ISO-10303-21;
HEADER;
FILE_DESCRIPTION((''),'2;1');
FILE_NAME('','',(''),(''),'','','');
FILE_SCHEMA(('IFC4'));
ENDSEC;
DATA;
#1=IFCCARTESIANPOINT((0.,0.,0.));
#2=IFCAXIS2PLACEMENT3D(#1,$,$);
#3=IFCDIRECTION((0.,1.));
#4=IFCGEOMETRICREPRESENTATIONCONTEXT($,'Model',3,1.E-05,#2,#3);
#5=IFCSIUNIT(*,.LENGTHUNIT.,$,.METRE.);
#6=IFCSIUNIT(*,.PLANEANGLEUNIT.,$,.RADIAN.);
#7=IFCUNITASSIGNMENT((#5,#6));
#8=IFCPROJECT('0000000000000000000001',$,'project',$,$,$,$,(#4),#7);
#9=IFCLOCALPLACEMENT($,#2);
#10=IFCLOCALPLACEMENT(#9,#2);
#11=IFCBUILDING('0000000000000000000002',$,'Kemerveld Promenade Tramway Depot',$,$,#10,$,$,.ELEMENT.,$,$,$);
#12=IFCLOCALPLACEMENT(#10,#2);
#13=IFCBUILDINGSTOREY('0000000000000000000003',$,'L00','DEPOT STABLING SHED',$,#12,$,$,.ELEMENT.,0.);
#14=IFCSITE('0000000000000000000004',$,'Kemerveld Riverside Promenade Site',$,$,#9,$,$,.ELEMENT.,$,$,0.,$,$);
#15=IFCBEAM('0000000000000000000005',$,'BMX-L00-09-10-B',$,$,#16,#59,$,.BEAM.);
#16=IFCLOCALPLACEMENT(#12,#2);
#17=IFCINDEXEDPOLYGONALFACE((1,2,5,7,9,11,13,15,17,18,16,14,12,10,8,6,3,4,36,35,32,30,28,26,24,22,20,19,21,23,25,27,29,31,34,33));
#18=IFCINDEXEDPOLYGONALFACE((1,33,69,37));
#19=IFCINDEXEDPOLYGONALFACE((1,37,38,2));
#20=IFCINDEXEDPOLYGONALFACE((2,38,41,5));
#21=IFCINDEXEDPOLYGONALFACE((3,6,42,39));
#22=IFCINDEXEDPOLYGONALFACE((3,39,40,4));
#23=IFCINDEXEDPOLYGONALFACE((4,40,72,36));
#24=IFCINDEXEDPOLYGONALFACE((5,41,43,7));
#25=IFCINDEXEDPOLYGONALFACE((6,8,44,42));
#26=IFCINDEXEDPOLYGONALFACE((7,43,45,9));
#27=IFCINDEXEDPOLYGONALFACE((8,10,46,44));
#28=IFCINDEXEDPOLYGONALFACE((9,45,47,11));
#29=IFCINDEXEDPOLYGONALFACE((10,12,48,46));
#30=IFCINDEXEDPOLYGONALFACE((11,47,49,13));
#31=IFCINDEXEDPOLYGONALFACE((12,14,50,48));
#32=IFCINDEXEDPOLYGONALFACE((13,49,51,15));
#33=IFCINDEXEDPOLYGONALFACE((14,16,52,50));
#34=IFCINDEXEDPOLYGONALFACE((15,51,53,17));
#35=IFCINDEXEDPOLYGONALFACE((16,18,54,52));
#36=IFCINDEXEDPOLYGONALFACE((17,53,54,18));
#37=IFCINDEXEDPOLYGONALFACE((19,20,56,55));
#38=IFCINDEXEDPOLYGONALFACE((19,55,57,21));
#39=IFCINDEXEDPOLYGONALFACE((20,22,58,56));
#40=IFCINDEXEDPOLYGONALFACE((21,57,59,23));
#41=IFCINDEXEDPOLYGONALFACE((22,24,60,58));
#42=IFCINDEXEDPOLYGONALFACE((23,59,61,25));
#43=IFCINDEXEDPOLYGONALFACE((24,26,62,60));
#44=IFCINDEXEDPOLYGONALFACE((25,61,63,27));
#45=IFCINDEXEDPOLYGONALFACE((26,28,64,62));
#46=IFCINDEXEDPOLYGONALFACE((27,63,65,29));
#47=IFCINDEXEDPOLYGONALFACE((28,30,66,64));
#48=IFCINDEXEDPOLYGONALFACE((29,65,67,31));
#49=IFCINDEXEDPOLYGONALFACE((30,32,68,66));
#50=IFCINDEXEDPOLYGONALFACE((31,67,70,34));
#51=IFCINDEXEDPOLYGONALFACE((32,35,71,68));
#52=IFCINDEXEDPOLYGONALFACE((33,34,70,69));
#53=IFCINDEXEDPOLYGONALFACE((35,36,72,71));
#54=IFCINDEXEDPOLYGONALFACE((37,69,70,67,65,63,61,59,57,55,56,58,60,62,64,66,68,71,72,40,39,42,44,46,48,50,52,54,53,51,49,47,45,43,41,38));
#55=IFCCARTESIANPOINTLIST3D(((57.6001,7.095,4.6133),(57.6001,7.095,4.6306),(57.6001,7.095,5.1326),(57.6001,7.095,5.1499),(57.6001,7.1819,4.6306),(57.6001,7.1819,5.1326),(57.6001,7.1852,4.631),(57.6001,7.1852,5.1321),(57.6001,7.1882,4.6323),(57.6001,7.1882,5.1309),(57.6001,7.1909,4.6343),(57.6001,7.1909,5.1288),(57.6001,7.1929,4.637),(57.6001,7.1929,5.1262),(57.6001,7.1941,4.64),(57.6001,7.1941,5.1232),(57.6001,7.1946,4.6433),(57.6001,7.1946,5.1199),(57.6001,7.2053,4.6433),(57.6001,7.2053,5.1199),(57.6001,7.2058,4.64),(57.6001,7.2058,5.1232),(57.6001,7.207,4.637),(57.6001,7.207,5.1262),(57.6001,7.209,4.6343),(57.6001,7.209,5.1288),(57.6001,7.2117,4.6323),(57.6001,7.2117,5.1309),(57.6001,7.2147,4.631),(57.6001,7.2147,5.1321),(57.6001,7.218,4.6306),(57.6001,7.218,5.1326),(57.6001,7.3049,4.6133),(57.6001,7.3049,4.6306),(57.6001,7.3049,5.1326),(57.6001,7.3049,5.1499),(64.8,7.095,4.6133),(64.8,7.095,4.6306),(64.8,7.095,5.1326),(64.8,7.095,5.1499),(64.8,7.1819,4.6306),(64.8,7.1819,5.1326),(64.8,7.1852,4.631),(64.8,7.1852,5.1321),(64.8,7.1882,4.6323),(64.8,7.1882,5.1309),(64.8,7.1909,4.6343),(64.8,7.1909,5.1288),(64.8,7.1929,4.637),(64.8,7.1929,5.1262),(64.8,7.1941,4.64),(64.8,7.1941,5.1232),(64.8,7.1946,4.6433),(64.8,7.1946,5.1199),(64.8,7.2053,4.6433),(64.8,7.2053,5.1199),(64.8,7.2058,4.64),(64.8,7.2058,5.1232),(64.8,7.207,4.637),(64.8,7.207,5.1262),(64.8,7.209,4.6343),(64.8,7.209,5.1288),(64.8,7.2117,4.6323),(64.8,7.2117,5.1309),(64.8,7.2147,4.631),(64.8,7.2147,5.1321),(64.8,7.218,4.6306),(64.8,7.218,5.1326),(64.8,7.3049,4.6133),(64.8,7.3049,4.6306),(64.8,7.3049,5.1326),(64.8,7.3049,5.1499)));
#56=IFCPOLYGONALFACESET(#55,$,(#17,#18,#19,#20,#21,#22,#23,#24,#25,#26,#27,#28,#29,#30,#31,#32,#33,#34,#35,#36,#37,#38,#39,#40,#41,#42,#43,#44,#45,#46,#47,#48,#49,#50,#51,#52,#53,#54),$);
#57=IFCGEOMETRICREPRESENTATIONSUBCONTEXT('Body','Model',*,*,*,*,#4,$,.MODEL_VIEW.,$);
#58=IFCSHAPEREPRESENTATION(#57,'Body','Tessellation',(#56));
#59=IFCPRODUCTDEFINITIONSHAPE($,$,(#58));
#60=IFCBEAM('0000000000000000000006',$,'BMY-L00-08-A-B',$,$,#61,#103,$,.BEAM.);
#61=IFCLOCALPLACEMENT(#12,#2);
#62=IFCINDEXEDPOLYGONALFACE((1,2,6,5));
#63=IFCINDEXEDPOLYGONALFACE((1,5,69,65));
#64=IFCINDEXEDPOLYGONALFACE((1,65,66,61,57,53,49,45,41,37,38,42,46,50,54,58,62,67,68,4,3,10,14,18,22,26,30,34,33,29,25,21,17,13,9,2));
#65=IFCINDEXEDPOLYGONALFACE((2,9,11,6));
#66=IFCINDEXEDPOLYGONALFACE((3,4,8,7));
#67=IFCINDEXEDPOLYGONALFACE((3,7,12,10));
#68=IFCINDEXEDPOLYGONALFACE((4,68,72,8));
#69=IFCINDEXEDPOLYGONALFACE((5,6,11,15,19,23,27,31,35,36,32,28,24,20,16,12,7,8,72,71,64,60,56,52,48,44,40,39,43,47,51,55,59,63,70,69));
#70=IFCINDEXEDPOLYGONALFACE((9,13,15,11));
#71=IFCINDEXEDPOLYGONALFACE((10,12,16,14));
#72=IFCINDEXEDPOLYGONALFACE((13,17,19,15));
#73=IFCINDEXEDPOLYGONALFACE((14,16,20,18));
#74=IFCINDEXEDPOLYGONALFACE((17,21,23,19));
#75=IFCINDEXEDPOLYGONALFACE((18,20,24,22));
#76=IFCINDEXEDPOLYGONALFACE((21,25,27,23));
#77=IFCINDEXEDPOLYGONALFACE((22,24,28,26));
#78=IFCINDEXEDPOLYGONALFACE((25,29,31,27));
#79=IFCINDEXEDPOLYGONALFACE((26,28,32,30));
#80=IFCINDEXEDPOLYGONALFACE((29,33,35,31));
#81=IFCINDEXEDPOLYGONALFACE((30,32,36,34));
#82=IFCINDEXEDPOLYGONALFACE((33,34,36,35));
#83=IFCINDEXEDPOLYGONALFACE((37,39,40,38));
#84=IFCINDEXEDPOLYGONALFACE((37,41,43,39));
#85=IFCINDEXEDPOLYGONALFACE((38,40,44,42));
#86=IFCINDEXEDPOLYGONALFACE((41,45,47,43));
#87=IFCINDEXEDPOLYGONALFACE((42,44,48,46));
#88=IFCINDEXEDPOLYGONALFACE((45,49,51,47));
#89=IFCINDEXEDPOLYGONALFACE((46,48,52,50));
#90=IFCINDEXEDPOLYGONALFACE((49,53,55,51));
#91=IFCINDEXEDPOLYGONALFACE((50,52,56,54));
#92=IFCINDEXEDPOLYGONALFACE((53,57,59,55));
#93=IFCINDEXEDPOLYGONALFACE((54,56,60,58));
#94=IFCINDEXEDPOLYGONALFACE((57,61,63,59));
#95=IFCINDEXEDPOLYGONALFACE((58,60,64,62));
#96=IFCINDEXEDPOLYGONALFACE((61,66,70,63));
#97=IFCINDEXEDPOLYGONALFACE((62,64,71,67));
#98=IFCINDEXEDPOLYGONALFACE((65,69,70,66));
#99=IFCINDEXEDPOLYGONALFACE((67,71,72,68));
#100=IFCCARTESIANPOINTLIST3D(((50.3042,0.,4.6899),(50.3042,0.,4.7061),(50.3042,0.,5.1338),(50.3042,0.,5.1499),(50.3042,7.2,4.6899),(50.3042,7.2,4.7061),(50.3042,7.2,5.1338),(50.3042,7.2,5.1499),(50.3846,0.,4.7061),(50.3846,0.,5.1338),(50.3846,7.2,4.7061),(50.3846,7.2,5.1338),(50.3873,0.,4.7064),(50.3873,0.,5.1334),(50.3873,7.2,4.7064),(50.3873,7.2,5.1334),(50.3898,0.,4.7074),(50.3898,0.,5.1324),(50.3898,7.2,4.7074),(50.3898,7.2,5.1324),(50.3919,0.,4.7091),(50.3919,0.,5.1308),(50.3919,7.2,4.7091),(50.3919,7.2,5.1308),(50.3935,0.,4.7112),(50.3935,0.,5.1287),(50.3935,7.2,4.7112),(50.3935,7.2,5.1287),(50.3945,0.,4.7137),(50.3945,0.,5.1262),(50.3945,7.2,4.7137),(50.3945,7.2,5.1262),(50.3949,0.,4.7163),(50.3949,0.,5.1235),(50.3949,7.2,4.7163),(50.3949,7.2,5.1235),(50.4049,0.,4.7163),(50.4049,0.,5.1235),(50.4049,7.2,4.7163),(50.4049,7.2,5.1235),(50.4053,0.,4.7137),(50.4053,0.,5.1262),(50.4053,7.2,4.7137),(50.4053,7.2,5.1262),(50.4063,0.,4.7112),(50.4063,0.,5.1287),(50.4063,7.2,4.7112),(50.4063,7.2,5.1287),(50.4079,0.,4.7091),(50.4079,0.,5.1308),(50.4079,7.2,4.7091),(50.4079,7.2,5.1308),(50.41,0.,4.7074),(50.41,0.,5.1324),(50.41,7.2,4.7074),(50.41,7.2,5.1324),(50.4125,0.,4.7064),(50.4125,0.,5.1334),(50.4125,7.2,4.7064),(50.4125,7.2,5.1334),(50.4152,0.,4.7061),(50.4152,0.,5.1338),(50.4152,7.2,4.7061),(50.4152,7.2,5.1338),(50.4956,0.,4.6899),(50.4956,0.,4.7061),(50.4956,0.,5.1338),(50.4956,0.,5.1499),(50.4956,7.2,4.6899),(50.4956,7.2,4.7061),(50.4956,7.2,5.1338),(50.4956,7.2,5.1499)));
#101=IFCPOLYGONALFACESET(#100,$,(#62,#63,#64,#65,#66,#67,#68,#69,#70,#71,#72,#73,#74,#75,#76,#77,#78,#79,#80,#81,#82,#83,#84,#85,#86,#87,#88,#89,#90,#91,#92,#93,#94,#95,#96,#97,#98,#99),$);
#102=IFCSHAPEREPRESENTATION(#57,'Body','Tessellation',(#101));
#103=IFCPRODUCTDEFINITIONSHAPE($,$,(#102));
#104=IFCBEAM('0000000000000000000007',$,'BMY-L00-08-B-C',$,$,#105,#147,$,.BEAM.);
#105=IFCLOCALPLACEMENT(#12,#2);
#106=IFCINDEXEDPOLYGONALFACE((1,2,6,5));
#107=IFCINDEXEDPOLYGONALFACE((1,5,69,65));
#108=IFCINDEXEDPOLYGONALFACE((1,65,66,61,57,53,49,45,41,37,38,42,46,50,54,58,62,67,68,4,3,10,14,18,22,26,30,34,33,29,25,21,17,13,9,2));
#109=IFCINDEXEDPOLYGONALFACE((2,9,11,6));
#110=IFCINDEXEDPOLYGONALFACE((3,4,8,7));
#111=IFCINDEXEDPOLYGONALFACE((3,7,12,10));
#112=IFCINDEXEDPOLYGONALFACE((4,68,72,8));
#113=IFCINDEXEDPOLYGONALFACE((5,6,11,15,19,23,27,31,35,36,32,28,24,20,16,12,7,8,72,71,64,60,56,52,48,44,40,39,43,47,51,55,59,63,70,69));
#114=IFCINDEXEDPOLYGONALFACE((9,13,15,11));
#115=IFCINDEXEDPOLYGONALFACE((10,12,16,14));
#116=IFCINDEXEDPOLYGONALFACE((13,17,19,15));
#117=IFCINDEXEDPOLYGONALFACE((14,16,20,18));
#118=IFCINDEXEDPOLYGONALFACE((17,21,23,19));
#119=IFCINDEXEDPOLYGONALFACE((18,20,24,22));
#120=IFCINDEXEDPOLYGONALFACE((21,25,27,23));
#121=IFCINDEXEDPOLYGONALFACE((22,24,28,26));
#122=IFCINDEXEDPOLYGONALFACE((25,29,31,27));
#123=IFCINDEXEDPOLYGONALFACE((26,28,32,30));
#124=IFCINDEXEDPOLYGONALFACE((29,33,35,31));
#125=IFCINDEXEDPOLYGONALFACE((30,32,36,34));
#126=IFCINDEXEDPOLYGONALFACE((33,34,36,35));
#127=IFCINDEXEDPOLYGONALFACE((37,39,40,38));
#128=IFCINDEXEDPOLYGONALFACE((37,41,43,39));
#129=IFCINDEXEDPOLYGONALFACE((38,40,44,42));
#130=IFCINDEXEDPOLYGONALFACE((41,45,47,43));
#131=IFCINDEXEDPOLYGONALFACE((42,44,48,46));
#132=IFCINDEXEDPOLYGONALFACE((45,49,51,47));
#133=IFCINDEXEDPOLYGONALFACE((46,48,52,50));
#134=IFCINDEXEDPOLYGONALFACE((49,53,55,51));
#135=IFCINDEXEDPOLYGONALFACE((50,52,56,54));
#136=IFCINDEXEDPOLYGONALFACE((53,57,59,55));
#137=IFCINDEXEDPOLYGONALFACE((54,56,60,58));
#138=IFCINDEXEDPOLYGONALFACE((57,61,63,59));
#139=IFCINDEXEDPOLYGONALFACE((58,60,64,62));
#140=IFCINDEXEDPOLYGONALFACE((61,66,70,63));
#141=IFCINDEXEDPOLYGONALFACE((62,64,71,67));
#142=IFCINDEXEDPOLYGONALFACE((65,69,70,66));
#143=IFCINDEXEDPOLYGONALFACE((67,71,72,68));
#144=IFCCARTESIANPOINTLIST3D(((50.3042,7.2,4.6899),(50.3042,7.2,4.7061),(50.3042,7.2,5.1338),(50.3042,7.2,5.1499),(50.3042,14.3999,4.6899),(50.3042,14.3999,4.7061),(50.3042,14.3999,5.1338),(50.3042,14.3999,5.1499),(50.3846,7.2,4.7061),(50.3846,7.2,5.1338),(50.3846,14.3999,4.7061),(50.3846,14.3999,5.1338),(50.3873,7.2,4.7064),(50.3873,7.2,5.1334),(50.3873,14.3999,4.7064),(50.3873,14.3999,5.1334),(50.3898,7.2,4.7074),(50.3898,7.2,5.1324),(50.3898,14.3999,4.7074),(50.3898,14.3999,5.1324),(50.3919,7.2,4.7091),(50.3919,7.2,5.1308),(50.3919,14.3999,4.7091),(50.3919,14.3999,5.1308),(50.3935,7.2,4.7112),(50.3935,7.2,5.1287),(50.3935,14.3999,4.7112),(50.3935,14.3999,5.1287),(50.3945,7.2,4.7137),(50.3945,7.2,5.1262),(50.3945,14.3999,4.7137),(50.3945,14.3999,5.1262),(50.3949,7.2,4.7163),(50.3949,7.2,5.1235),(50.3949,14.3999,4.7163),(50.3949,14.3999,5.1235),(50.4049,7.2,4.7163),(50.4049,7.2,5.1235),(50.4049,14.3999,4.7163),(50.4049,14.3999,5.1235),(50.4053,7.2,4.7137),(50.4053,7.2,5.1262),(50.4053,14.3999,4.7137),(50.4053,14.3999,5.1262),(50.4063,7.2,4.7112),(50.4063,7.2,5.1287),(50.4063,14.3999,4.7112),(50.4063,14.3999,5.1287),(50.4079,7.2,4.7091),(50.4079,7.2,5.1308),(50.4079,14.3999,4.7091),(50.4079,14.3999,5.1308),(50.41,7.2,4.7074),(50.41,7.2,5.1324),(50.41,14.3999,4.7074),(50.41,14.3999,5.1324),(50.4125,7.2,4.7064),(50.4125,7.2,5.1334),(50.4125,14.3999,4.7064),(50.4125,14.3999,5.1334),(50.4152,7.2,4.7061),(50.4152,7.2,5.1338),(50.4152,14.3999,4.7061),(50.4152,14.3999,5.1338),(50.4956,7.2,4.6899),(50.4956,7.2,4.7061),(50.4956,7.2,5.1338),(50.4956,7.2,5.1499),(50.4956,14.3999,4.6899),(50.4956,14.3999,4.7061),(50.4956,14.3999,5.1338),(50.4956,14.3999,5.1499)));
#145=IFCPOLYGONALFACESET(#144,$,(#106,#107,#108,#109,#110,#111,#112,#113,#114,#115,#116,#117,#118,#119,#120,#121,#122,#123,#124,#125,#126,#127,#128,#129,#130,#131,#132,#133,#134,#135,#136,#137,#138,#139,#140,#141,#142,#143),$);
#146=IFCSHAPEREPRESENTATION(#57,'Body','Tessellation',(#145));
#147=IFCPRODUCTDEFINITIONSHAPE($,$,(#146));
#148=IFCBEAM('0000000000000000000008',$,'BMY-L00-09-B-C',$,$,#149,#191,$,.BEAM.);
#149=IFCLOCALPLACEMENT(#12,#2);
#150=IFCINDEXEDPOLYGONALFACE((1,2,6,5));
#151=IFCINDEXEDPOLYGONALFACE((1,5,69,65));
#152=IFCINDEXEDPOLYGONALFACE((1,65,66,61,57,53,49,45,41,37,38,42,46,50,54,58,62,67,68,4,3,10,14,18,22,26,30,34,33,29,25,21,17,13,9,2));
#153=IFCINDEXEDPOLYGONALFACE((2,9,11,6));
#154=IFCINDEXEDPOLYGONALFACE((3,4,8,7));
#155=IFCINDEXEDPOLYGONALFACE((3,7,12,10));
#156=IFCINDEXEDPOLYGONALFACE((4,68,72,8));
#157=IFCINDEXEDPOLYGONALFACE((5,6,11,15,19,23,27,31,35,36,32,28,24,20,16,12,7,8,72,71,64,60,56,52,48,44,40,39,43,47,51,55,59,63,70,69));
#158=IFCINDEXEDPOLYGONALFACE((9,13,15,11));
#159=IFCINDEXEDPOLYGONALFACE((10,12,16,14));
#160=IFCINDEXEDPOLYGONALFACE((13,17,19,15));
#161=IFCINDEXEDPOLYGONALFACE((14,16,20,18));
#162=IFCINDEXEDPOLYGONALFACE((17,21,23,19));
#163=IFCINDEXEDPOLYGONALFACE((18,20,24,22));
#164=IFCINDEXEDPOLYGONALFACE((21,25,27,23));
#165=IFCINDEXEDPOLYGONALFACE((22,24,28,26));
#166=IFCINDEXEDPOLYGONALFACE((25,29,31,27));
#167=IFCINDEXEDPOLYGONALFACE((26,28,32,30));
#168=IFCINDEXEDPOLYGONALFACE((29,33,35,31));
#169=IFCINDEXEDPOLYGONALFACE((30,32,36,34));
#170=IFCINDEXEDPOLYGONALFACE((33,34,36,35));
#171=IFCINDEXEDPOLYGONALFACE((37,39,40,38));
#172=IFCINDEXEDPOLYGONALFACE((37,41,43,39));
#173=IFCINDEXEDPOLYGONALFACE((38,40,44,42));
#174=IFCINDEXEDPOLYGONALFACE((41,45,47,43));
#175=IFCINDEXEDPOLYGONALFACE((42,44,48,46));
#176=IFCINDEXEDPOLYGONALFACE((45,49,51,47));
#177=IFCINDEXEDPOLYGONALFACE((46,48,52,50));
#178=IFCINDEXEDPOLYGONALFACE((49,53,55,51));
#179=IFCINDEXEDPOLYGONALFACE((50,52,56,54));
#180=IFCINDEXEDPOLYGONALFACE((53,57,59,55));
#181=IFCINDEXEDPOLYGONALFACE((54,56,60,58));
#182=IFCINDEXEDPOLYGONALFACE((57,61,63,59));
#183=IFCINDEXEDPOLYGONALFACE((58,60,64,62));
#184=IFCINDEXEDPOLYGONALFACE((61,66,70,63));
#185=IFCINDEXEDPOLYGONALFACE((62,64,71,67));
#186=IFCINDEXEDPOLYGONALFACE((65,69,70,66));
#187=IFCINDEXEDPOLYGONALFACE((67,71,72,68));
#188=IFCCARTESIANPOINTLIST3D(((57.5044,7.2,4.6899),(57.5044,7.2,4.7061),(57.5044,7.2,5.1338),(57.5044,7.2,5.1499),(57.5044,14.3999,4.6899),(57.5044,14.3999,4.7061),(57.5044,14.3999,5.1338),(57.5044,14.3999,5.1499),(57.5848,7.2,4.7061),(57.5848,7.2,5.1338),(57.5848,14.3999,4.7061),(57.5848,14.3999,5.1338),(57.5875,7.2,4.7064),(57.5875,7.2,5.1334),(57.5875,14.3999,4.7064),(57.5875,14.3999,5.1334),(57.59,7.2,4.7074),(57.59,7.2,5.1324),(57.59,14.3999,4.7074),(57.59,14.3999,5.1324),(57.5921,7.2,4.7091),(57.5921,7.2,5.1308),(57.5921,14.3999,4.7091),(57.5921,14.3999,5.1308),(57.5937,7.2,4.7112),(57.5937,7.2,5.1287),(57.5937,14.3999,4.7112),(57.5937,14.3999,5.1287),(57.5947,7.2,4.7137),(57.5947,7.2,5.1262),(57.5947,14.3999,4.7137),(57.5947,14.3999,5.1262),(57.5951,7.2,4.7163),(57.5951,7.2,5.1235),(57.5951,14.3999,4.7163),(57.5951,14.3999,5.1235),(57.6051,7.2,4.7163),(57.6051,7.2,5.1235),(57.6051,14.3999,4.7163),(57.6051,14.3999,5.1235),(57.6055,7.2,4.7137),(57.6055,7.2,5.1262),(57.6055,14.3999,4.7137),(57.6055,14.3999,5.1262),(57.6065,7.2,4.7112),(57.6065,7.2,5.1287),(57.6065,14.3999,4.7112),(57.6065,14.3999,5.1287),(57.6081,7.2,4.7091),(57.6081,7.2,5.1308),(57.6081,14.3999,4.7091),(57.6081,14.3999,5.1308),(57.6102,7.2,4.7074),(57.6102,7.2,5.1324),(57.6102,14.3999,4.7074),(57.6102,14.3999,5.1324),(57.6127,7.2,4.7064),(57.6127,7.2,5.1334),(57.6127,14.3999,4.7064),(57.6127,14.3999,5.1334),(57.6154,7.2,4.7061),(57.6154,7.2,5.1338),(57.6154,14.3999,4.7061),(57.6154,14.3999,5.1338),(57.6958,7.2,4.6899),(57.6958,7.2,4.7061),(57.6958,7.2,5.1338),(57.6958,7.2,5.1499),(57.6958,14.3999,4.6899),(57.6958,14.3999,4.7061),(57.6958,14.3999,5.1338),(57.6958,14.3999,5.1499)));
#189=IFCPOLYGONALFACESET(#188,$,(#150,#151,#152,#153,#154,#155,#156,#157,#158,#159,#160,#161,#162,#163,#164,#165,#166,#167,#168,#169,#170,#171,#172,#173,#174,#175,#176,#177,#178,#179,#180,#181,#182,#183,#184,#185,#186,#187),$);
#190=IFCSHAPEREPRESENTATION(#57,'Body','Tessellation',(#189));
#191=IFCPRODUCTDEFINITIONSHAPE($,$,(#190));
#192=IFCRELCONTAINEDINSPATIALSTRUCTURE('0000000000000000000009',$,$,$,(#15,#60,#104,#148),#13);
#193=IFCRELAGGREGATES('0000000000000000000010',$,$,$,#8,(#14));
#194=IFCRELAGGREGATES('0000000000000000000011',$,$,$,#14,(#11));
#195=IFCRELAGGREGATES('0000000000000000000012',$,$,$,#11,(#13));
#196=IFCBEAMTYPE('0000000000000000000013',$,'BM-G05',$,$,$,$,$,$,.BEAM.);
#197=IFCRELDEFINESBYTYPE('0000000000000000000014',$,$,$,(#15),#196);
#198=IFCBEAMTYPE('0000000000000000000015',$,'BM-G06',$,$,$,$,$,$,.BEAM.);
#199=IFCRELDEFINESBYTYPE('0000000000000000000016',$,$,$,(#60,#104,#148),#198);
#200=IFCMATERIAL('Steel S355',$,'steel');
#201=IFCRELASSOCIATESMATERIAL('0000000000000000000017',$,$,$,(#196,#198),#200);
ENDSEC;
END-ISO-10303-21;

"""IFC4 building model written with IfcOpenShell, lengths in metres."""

from ifc_helpers import new_model, si_unit, direction, frame, origin, origin_2d, place, context, subcontext, project, spatial, i_section, extrude, material, material_profile, profile_set, type_object, element, save


model = new_model("IFC4")

# Units and contexts
model_context = context("Model", 3, precision=1e-05, world=origin(), true_north=direction((0.0, 1.0)))
body_context = subcontext(model_context, "Body", "Model", "MODEL_VIEW")
ifc_project = project(units=[si_unit("LENGTHUNIT", "METRE"), si_unit("PLANEANGLEUNIT", "RADIAN")], contexts=[model_context])

# Site, building, storey
site_placement = place(None, origin())
site = spatial("IfcSite", under=ifc_project, at=site_placement, Name="Kemerveld Riverside Promenade Site", CompositionType="ELEMENT", RefElevation=0.0)
building_placement = place(site_placement, origin())
building = spatial("IfcBuilding", under=site, at=building_placement, Name="Kemerveld Promenade Tramway Depot", CompositionType="ELEMENT")
storey_placement = place(building_placement, origin())
storey = spatial("IfcBuildingStorey", under=building, at=storey_placement, Name="L00", Description="DEPOT STABLING SHED", CompositionType="ELEMENT", Elevation=0.0)

# Shared definitions
ifc_material_1 = material(Name="Steel S355", Category="steel")

# Beams
ifc_material_profile_1 = material_profile(ifc_material_1, i_section(OverallWidth=0.21, OverallDepth=0.5366, WebThickness=0.0107, FlangeThickness=0.0173, FilletRadius=0.0127, at=origin_2d()), Name="533x210x101 UB")
ifc_profile_set_1 = profile_set([ifc_material_profile_1], Name="Steel S355")
beam_type_1 = type_object("IfcBeamType", Name="BM-G05", PredefinedType="BEAM", material=ifc_profile_set_1)
beam_1_placement = place(storey_placement, frame((57.6001, 7.2, 4.8816), z_axis=(1.0, 0.0, 0.0), x_axis=(0.0, 1.0, 0.0)))
element("IfcBeam", 1, at=beam_1_placement, inside=storey, type_object=beam_type_1, Name="BMX-L00-09-10-B", PredefinedType="BEAM", context=body_context, shape_type="SweptSolid", body=[
    extrude(i_section(OverallWidth=0.21, OverallDepth=0.5366, WebThickness=0.0107, FlangeThickness=0.0173, FilletRadius=0.0127, at=origin_2d()), origin(), (0.0, 0.0, 1.0), 7.2),
])
ifc_material_profile_2 = material_profile(ifc_material_1, i_section(OverallWidth=0.1914, OverallDepth=0.46, WebThickness=0.01, FlangeThickness=0.0161, FilletRadius=0.0103, at=origin_2d()), Name="457x191x82 UB")
ifc_profile_set_2 = profile_set([ifc_material_profile_2], Name="Steel S355")
beam_type_2 = type_object("IfcBeamType", Name="BM-G06", PredefinedType="BEAM", material=ifc_profile_set_2)
for number, where, z_axis, x_axis, name in (
    (2, (50.3999, 0.0, 4.9199), (0.0, 1.0, 0.0), (-1.0, 0.0, 0.0), "BMY-L00-08-A-B"),
    (3, (50.3999, 7.2, 4.9199), (0.0, 1.0, 0.0), (-1.0, 0.0, 0.0), "BMY-L00-08-B-C"),
    (4, (57.6001, 7.2, 4.9199), (0.0, 1.0, 0.0), (-1.0, 0.0, 0.0), "BMY-L00-09-B-C"),
):
    element("IfcBeam", number, at=place(storey_placement, frame(where, z_axis=z_axis, x_axis=x_axis)), inside=storey, type_object=beam_type_2, Name=name, PredefinedType="BEAM", context=body_context, shape_type="SweptSolid", body=[
        extrude(i_section(OverallWidth=0.1914, OverallDepth=0.46, WebThickness=0.01, FlangeThickness=0.0161, FilletRadius=0.0103, at=origin_2d()), origin(), (0.0, 0.0, 1.0), 7.2),
    ])

save(model, "model.ifc")
